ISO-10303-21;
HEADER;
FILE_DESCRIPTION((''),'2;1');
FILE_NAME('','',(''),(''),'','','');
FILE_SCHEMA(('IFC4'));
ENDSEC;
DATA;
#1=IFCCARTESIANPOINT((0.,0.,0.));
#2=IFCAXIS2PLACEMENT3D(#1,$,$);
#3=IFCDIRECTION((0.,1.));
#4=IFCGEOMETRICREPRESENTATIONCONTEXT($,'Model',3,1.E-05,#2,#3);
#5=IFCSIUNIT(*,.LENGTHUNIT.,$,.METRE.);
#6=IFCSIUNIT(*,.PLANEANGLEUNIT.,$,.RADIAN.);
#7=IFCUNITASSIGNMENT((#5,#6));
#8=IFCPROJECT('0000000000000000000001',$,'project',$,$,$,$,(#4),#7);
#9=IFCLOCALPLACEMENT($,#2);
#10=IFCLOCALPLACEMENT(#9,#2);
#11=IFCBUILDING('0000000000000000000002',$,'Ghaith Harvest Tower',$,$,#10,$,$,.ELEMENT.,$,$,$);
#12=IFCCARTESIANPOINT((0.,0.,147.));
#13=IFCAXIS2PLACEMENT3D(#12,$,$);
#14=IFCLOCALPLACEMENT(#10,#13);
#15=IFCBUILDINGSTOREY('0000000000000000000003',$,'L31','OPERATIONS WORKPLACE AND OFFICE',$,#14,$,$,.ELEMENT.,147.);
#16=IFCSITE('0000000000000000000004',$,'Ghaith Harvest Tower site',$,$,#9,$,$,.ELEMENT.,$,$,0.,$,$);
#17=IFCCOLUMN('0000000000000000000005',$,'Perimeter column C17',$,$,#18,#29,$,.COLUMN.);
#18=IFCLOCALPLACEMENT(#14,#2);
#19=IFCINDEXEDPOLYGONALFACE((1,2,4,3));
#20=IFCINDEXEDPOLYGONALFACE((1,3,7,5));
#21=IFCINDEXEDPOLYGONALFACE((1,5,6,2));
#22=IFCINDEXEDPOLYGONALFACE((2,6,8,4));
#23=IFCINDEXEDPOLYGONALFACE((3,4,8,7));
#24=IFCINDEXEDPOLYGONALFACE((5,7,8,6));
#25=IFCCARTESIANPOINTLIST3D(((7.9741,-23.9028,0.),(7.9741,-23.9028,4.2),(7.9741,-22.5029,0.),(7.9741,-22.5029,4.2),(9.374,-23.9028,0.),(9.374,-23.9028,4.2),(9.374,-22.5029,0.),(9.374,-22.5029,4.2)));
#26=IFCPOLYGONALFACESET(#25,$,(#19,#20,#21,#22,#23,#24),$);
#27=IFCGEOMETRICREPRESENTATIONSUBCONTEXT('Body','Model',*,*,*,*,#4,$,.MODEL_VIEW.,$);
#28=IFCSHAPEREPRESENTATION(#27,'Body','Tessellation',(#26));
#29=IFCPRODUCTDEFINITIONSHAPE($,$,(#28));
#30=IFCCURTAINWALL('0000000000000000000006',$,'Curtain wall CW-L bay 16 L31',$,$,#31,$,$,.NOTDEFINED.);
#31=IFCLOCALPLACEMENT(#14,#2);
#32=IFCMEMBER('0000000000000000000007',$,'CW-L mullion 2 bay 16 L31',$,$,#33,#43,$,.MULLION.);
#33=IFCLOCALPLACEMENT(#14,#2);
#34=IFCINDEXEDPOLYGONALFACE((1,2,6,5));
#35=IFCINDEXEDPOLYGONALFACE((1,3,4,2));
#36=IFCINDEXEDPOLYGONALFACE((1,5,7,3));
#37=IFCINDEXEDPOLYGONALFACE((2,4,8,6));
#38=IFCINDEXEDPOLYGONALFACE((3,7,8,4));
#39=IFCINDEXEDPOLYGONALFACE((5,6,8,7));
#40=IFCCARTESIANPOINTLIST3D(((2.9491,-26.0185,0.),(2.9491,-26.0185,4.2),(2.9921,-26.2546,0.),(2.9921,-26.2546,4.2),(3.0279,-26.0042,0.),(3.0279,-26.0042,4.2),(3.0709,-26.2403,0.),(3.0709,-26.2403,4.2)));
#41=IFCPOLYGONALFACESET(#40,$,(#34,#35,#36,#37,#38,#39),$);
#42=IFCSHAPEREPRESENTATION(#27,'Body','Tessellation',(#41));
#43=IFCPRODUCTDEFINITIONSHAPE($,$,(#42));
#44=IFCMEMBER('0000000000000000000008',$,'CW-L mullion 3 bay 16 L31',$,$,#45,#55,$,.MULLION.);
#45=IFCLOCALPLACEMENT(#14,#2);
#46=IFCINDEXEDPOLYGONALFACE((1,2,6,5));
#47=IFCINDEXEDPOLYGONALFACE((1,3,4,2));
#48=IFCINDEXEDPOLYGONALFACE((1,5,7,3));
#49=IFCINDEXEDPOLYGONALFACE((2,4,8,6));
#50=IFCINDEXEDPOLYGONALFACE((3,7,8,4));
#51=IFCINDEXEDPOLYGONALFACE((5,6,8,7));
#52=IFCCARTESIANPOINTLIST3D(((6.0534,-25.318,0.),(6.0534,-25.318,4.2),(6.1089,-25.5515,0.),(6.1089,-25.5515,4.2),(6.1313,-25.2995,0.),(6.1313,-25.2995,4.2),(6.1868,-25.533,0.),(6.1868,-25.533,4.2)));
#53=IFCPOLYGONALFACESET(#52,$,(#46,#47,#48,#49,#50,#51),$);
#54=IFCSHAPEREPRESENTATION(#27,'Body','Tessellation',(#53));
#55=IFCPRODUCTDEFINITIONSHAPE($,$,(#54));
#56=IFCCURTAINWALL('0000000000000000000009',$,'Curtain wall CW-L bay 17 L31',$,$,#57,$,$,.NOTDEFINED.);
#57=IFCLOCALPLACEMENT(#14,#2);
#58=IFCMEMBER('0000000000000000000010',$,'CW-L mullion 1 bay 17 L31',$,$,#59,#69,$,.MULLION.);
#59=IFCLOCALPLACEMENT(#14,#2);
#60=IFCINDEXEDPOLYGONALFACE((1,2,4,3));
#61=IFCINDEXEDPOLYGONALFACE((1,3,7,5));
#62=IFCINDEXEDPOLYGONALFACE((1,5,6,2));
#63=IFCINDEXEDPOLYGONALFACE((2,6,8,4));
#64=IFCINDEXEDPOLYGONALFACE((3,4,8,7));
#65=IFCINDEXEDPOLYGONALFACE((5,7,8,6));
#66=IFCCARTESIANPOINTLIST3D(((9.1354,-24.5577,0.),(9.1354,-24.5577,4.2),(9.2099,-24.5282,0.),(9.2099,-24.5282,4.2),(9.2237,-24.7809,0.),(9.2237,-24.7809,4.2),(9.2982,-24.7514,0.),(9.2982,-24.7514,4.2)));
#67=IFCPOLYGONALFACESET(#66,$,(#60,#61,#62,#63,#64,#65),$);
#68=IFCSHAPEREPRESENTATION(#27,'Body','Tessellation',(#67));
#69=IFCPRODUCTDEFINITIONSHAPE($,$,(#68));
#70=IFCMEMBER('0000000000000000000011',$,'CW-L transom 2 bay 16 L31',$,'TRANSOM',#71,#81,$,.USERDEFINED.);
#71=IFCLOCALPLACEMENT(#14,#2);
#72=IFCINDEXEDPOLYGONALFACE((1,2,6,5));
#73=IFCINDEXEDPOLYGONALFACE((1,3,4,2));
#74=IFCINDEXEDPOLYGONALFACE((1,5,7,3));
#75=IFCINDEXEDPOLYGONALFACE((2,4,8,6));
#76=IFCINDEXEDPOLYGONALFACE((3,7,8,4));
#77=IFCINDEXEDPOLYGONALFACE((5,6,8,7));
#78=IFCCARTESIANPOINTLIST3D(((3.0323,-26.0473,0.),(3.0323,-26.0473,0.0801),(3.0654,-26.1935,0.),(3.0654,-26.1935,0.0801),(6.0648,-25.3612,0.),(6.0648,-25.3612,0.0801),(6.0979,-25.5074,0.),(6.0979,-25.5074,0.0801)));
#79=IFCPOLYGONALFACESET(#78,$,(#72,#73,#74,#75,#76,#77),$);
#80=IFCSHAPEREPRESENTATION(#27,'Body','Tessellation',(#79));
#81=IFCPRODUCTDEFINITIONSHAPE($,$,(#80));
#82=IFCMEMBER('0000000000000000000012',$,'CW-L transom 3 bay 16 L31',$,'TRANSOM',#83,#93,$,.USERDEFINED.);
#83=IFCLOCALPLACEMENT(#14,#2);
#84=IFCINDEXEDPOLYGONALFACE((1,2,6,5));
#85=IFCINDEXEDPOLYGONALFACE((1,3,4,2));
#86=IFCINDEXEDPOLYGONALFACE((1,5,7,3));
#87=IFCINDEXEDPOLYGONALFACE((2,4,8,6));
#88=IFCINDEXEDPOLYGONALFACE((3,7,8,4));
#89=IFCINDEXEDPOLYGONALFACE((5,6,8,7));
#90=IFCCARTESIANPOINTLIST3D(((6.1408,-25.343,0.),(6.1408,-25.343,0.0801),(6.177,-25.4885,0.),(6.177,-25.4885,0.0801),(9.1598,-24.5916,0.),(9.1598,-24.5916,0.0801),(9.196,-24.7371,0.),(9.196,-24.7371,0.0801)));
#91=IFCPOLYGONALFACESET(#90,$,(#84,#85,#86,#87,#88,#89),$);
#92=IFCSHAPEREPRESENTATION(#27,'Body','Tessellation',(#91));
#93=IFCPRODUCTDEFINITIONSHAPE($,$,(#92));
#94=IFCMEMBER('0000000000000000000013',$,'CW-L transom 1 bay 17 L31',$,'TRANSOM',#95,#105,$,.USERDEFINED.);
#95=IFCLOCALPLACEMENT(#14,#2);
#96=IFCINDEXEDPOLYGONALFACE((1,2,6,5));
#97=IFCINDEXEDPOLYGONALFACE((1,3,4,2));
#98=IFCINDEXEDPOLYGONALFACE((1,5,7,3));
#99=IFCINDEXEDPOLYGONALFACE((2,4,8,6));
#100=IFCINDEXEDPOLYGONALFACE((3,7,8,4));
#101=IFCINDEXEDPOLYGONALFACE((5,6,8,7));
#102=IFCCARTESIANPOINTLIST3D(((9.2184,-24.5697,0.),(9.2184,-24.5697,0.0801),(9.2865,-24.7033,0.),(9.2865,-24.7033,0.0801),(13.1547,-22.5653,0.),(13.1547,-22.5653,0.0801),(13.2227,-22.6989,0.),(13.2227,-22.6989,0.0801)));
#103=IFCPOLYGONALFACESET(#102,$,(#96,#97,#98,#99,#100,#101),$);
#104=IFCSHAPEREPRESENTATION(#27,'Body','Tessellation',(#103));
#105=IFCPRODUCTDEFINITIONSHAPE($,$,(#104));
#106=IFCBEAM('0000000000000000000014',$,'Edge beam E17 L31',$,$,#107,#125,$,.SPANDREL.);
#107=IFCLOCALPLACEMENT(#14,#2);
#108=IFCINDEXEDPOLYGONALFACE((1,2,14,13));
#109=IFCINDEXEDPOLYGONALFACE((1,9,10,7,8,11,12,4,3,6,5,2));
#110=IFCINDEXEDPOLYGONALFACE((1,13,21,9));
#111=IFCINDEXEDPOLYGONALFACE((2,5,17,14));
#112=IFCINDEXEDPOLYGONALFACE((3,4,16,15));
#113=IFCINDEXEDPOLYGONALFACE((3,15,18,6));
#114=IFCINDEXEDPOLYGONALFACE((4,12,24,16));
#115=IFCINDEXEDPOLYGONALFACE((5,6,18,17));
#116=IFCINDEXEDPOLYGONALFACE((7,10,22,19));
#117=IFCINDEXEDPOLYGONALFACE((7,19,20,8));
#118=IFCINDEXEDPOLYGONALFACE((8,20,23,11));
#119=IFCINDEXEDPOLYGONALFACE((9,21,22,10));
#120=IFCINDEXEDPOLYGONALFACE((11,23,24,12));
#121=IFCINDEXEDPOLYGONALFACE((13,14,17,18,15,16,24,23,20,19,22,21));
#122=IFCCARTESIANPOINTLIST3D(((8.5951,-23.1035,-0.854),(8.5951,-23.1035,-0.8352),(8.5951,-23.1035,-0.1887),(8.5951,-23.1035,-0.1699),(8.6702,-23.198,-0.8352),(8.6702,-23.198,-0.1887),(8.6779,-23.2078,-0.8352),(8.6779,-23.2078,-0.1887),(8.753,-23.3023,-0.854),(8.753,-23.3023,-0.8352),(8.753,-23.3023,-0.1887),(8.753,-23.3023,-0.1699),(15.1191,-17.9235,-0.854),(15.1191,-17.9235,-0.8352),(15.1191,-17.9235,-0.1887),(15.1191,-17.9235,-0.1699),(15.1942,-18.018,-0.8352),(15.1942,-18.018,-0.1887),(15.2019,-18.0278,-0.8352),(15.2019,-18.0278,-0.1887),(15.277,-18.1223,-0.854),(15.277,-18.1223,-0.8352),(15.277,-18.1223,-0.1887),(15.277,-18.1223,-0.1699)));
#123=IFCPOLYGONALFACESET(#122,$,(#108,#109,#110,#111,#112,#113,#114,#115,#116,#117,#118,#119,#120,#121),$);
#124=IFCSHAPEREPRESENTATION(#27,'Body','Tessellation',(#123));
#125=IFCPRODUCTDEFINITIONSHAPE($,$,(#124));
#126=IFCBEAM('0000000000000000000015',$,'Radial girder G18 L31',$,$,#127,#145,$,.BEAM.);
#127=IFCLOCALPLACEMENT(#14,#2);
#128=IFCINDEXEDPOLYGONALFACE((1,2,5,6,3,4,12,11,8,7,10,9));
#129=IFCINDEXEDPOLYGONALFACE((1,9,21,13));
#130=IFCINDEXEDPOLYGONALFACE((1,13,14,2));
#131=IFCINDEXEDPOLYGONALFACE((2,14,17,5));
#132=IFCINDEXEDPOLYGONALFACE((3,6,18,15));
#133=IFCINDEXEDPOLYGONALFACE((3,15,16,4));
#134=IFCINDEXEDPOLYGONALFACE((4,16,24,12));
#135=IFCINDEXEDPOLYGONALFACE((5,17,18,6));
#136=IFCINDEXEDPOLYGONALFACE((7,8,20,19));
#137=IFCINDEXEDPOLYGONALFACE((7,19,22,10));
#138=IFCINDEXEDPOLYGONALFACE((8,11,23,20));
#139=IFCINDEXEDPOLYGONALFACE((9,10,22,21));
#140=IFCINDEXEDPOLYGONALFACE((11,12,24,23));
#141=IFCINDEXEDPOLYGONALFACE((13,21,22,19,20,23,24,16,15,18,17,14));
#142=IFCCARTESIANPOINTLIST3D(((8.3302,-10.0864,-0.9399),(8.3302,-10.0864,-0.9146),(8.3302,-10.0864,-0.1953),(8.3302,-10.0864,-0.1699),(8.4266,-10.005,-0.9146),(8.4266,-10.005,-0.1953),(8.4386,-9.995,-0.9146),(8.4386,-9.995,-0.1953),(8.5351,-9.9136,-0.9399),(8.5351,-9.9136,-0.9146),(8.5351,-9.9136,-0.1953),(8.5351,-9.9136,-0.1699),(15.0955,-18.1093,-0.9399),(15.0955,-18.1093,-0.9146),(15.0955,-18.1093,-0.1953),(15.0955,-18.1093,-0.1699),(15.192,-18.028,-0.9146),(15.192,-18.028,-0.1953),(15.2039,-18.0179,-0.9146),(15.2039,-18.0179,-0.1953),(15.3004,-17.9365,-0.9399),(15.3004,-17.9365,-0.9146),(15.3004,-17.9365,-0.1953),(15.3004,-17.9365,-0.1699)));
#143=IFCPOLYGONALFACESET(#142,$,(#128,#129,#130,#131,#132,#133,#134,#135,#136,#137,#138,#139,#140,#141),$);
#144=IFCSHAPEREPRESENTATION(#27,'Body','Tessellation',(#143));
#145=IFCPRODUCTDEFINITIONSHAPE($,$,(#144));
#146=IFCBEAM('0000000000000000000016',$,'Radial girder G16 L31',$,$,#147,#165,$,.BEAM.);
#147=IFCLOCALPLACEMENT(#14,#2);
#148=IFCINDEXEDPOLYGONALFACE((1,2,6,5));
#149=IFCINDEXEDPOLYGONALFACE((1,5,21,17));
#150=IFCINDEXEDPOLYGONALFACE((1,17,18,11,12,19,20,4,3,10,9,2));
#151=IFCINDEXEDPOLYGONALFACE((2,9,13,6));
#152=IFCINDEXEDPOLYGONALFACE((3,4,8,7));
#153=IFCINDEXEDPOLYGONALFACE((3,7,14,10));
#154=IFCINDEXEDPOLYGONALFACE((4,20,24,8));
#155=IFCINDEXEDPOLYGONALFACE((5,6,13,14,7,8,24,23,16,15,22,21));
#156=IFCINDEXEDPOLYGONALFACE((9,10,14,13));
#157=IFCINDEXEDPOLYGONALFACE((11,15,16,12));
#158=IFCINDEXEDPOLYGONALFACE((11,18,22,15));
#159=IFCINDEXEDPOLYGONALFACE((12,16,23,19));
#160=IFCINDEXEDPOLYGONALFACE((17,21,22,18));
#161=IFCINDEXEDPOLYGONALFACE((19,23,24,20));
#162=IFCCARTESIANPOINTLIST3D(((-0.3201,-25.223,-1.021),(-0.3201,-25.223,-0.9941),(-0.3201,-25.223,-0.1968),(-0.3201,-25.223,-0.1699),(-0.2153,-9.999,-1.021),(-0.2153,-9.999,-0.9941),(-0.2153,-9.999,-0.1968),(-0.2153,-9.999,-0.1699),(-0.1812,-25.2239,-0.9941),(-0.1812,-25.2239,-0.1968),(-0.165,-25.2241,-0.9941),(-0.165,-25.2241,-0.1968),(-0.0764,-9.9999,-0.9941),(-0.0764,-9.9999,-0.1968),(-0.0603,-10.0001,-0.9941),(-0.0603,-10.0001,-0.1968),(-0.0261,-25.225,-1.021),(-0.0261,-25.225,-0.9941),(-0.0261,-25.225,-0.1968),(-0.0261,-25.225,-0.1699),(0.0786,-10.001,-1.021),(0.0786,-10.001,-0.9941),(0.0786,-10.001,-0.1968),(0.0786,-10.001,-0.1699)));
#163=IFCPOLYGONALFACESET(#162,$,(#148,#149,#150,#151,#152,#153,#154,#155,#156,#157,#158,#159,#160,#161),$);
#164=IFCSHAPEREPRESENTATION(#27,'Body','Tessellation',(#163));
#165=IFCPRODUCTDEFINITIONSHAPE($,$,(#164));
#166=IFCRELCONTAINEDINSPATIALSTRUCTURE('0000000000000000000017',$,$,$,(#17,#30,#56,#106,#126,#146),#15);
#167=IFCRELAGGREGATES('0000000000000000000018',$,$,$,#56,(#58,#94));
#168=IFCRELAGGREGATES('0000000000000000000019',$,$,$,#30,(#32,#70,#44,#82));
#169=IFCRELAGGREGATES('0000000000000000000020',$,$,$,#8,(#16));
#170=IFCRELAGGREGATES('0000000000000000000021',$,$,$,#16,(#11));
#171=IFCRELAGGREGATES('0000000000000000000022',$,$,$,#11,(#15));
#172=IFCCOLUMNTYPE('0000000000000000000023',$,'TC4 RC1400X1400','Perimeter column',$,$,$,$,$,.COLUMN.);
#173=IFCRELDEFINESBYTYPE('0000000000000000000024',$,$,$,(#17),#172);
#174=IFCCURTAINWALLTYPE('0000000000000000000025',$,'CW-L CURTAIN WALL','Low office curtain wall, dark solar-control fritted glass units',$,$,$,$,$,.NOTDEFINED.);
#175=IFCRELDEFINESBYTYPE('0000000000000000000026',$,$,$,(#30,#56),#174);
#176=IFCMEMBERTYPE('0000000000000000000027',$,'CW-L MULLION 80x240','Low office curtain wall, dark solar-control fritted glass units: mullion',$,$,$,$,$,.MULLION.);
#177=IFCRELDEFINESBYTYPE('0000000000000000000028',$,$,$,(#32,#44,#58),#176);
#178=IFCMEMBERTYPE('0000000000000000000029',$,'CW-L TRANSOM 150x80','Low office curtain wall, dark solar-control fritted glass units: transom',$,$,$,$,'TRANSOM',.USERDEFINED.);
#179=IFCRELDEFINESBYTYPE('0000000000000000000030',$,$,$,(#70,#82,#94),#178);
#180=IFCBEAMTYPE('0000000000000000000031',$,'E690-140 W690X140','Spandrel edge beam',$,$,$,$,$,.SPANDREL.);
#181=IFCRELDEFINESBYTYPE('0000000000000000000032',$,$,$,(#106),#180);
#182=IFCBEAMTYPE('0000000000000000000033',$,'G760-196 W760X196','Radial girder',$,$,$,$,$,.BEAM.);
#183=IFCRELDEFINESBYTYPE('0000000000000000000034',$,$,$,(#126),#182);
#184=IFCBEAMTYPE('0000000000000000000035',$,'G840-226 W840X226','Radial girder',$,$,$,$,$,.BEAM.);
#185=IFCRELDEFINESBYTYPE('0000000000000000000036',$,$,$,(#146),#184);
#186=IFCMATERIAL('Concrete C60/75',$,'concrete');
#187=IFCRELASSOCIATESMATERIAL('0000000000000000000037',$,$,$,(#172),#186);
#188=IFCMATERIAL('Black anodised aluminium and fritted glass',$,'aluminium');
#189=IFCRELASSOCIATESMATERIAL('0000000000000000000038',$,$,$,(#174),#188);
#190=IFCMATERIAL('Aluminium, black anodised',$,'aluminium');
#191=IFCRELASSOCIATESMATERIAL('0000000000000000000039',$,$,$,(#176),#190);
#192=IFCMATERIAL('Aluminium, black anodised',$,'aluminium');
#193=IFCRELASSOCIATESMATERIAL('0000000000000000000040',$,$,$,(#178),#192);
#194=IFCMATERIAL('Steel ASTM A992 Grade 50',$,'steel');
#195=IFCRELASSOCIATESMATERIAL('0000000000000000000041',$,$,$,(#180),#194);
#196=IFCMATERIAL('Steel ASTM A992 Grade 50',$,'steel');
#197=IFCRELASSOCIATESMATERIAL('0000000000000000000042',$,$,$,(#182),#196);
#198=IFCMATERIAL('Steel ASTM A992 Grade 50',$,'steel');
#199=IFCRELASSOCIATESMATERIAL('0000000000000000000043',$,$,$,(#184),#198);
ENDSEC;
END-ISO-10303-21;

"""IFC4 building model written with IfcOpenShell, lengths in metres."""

from ifc_helpers import new_model, si_unit, direction, frame, origin, origin_2d, place, context, subcontext, project, spatial, rectangle, i_section, extrude, material, material_profile, profile_set, type_object, element, aggregate, save


model = new_model("IFC4")

# Units and contexts
model_context = context("Model", 3, precision=1e-05, world=origin(), true_north=direction((0.0, 1.0)))
body_context = subcontext(model_context, "Body", "Model", "MODEL_VIEW")
ifc_project = project(units=[si_unit("LENGTHUNIT", "METRE"), si_unit("PLANEANGLEUNIT", "RADIAN")], contexts=[model_context])

# Site, building, storey
site_placement = place(None, origin())
site = spatial("IfcSite", under=ifc_project, at=site_placement, Name="Ghaith Harvest Tower site", CompositionType="ELEMENT", RefElevation=0.0)
building_placement = place(site_placement, origin())
building = spatial("IfcBuilding", under=site, at=building_placement, Name="Ghaith Harvest Tower", CompositionType="ELEMENT")
storey_placement = place(building_placement, frame((0.0, 0.0, 147.0)))
storey = spatial("IfcBuildingStorey", under=building, at=storey_placement, Name="L31", Description="OPERATIONS WORKPLACE AND OFFICE", CompositionType="ELEMENT", Elevation=147.0)

# Column
ifc_material_1 = material(Name="Concrete C60/75", Category="concrete")
ifc_material_profile_1 = material_profile(ifc_material_1, rectangle(XDim=1.3999, YDim=1.3999, at=origin_2d()), Name="RC1400X1400")
ifc_profile_set_1 = profile_set([ifc_material_profile_1], Name="Concrete C60/75")
column_type = type_object("IfcColumnType", Name="TC4 RC1400X1400", Description="Perimeter column", PredefinedType="COLUMN", material=ifc_profile_set_1)
column_placement = place(storey_placement, frame((8.6741, -23.2029, 0.0), z_axis=(0.0, 0.0, 1.0), x_axis=(1.0, 0.0, 0.0)))
element("IfcColumn", 1, at=column_placement, inside=storey, type_object=column_type, Name="Perimeter column C17", PredefinedType="COLUMN", context=body_context, shape_type="SweptSolid", body=[
    extrude(rectangle(XDim=1.3999, YDim=1.3999, at=origin_2d()), origin(), (0.0, 0.0, 1.0), 4.2),
])

# Curtain wall, members
ifc_material_2 = material(Name="Black anodised aluminium and fritted glass", Category="aluminium")
curtain_wall_type = type_object("IfcCurtainWallType", Name="CW-L CURTAIN WALL", Description="Low office curtain wall, dark solar-control fritted glass units", PredefinedType="NOTDEFINED", material=ifc_material_2)
curtain_wall_1_placement = place(storey_placement, origin())
curtain_wall_1 = element("IfcCurtainWall", 2, at=curtain_wall_1_placement, inside=storey, type_object=curtain_wall_type, Name="Curtain wall CW-L bay 16 L31", PredefinedType="NOTDEFINED")
ifc_material_3 = material(Name="Aluminium, black anodised", Category="aluminium")
ifc_material_profile_2 = material_profile(ifc_material_3, rectangle(XDim=0.0801, YDim=0.24, at=origin_2d()), Name="CW-L MULLION 80x240")
ifc_profile_set_2 = profile_set([ifc_material_profile_2], Name="Aluminium, black anodised")
member_type_1 = type_object("IfcMemberType", Name="CW-L MULLION 80x240", Description="Low office curtain wall, dark solar-control fritted glass units: mullion", PredefinedType="MULLION", material=ifc_profile_set_2)
member_1_placement = place(storey_placement, frame((3.01, -26.1294, 0.0), z_axis=(0.0, 0.0, 1.0), x_axis=(0.983806, 0.179235, 0.0)))
member_1 = element("IfcMember", 3, at=member_1_placement, type_object=member_type_1, Name="CW-L mullion 2 bay 16 L31", PredefinedType="MULLION", context=body_context, shape_type="SweptSolid", body=[
    extrude(rectangle(XDim=0.0801, YDim=0.24, at=origin_2d()), origin(), (0.0, 0.0, 1.0), 4.2),
])
member_2_placement = place(storey_placement, frame((6.1201, -25.4255, 0.0), z_axis=(0.0, 0.0, 1.0), x_axis=(0.972918, 0.23115, 0.0)))
member_2 = element("IfcMember", 4, at=member_2_placement, type_object=member_type_1, Name="CW-L mullion 3 bay 16 L31", PredefinedType="MULLION", context=body_context, shape_type="SweptSolid", body=[
    extrude(rectangle(XDim=0.0801, YDim=0.24, at=origin_2d()), origin(), (0.0, 0.0, 1.0), 4.2),
])

# Curtain wall, member
curtain_wall_2_placement = place(storey_placement, origin())
curtain_wall_2 = element("IfcCurtainWall", 5, at=curtain_wall_2_placement, inside=storey, type_object=curtain_wall_type, Name="Curtain wall CW-L bay 17 L31", PredefinedType="NOTDEFINED")
member_3_placement = place(storey_placement, frame((9.2168, -24.6545, 0.0), z_axis=(0.0, 0.0, 1.0), x_axis=(0.929832, 0.367985, 0.0)))
member_3 = element("IfcMember", 6, at=member_3_placement, type_object=member_type_1, Name="CW-L mullion 1 bay 17 L31", PredefinedType="MULLION", context=body_context, shape_type="SweptSolid", body=[
    extrude(rectangle(XDim=0.0801, YDim=0.24, at=origin_2d()), origin(), (0.0, 0.0, 1.0), 4.2),
])

# Members
ifc_material_4 = material(Name="Aluminium, black anodised", Category="aluminium")
ifc_material_profile_3 = material_profile(ifc_material_4, rectangle(XDim=0.1499, YDim=0.0801, at=origin_2d()), Name="CW-L TRANSOM 150x80")
ifc_profile_set_3 = profile_set([ifc_material_profile_3], Name="Aluminium, black anodised")
member_type_2 = type_object("IfcMemberType", Name="CW-L TRANSOM 150x80", Description="Low office curtain wall, dark solar-control fritted glass units: transom", ElementType="TRANSOM", PredefinedType="USERDEFINED", material=ifc_profile_set_3)
member_4_placement = place(storey_placement, frame((3.0488, -26.1204, 0.04), z_axis=(0.975352, 0.220654, 0.0), x_axis=(-0.220654, 0.975352, 0.0)))
member_4 = element("IfcMember", 7, at=member_4_placement, type_object=member_type_2, Name="CW-L transom 2 bay 16 L31", ObjectType="TRANSOM", PredefinedType="USERDEFINED", context=body_context, shape_type="SweptSolid", body=[
    extrude(rectangle(XDim=0.1499, YDim=0.0801, at=origin_2d()), origin(), (0.0, 0.0, 1.0), 3.1091),
])
member_5_placement = place(storey_placement, frame((6.1589, -25.4158, 0.04), z_axis=(0.970391, 0.241538, 0.0), x_axis=(-0.241538, 0.970391, 0.0)))
member_5 = element("IfcMember", 8, at=member_5_placement, type_object=member_type_2, Name="CW-L transom 3 bay 16 L31", ObjectType="TRANSOM", PredefinedType="USERDEFINED", context=body_context, shape_type="SweptSolid", body=[
    extrude(rectangle(XDim=0.1499, YDim=0.0801, at=origin_2d()), origin(), (0.0, 0.0, 1.0), 3.1111),
])
member_6_placement = place(storey_placement, frame((9.2524, -24.6365, 0.04), z_axis=(0.89112, 0.453768, 0.0), x_axis=(-0.453768, 0.89112, 0.0)))
member_6 = element("IfcMember", 9, at=member_6_placement, type_object=member_type_2, Name="CW-L transom 1 bay 17 L31", ObjectType="TRANSOM", PredefinedType="USERDEFINED", context=body_context, shape_type="SweptSolid", body=[
    extrude(rectangle(XDim=0.1499, YDim=0.0801, at=origin_2d()), origin(), (0.0, 0.0, 1.0), 4.4172),
])
aggregate(curtain_wall_2, [member_3, member_6])

# Beams
ifc_material_5 = material(Name="Steel ASTM A992 Grade 50", Category="steel")
ifc_material_profile_4 = material_profile(ifc_material_5, i_section(OverallWidth=0.2539, OverallDepth=0.6841, WebThickness=0.0125, FlangeThickness=0.0188, at=origin_2d()), Name="W690X140")
ifc_profile_set_4 = profile_set([ifc_material_profile_4], Name="Steel ASTM A992 Grade 50")
beam_type_1 = type_object("IfcBeamType", Name="E690-140 W690X140", Description="Spandrel edge beam", PredefinedType="SPANDREL", material=ifc_profile_set_4)
beam_1_placement = place(storey_placement, frame((8.6741, -23.2029, -0.512), z_axis=(0.78316, 0.621821, 0.0), x_axis=(-0.621821, 0.78316, 0.0)))
element("IfcBeam", 10, at=beam_1_placement, inside=storey, type_object=beam_type_1, Name="Edge beam E17 L31", PredefinedType="SPANDREL", context=body_context, shape_type="SweptSolid", body=[
    extrude(i_section(OverallWidth=0.2539, OverallDepth=0.6841, WebThickness=0.0125, FlangeThickness=0.0188, at=origin_2d()), origin(), (0.0, 0.0, 1.0), 8.3303),
])
ifc_material_6 = material(Name="Steel ASTM A992 Grade 50", Category="steel")
ifc_material_profile_5 = material_profile(ifc_material_6, i_section(OverallWidth=0.2681, OverallDepth=0.77, WebThickness=0.0156, FlangeThickness=0.0254, at=origin_2d()), Name="W760X196")
ifc_profile_set_5 = profile_set([ifc_material_profile_5], Name="Steel ASTM A992 Grade 50")
beam_type_2 = type_object("IfcBeamType", Name="G760-196 W760X196", Description="Radial girder", PredefinedType="BEAM", material=ifc_profile_set_5)
beam_2_placement = place(storey_placement, frame((8.4326, -10.0, -0.5549), z_axis=(0.644649, -0.764478, 0.0), x_axis=(0.764478, 0.644649, 0.0)))
element("IfcBeam", 11, at=beam_2_placement, inside=storey, type_object=beam_type_2, Name="Radial girder G18 L31", PredefinedType="BEAM", context=body_context, shape_type="SweptSolid", body=[
    extrude(i_section(OverallWidth=0.2681, OverallDepth=0.77, WebThickness=0.0156, FlangeThickness=0.0254, at=origin_2d()), origin(), (0.0, 0.0, 1.0), 10.4946),
])
ifc_material_7 = material(Name="Steel ASTM A992 Grade 50", Category="steel")
ifc_material_profile_6 = material_profile(ifc_material_7, i_section(OverallWidth=0.2939, OverallDepth=0.8511, WebThickness=0.0161, FlangeThickness=0.0269, at=origin_2d()), Name="W840X226")
ifc_profile_set_6 = profile_set([ifc_material_profile_6], Name="Steel ASTM A992 Grade 50")
beam_type_3 = type_object("IfcBeamType", Name="G840-226 W840X226", Description="Radial girder", PredefinedType="BEAM", material=ifc_profile_set_6)
beam_3_placement = place(storey_placement, frame((-0.0684, -10.0, -0.5955), z_axis=(-0.006879, -0.999976, 0.0), x_axis=(0.999976, -0.006879, 0.0)))
element("IfcBeam", 12, at=beam_3_placement, inside=storey, type_object=beam_type_3, Name="Radial girder G16 L31", PredefinedType="BEAM", context=body_context, shape_type="SweptSolid", body=[
    extrude(i_section(OverallWidth=0.2939, OverallDepth=0.8511, WebThickness=0.0161, FlangeThickness=0.0269, at=origin_2d()), origin(), (0.0, 0.0, 1.0), 15.2244),
])

aggregate(curtain_wall_1, [member_1, member_4, member_2, member_5])

save(model, "model.ifc")
